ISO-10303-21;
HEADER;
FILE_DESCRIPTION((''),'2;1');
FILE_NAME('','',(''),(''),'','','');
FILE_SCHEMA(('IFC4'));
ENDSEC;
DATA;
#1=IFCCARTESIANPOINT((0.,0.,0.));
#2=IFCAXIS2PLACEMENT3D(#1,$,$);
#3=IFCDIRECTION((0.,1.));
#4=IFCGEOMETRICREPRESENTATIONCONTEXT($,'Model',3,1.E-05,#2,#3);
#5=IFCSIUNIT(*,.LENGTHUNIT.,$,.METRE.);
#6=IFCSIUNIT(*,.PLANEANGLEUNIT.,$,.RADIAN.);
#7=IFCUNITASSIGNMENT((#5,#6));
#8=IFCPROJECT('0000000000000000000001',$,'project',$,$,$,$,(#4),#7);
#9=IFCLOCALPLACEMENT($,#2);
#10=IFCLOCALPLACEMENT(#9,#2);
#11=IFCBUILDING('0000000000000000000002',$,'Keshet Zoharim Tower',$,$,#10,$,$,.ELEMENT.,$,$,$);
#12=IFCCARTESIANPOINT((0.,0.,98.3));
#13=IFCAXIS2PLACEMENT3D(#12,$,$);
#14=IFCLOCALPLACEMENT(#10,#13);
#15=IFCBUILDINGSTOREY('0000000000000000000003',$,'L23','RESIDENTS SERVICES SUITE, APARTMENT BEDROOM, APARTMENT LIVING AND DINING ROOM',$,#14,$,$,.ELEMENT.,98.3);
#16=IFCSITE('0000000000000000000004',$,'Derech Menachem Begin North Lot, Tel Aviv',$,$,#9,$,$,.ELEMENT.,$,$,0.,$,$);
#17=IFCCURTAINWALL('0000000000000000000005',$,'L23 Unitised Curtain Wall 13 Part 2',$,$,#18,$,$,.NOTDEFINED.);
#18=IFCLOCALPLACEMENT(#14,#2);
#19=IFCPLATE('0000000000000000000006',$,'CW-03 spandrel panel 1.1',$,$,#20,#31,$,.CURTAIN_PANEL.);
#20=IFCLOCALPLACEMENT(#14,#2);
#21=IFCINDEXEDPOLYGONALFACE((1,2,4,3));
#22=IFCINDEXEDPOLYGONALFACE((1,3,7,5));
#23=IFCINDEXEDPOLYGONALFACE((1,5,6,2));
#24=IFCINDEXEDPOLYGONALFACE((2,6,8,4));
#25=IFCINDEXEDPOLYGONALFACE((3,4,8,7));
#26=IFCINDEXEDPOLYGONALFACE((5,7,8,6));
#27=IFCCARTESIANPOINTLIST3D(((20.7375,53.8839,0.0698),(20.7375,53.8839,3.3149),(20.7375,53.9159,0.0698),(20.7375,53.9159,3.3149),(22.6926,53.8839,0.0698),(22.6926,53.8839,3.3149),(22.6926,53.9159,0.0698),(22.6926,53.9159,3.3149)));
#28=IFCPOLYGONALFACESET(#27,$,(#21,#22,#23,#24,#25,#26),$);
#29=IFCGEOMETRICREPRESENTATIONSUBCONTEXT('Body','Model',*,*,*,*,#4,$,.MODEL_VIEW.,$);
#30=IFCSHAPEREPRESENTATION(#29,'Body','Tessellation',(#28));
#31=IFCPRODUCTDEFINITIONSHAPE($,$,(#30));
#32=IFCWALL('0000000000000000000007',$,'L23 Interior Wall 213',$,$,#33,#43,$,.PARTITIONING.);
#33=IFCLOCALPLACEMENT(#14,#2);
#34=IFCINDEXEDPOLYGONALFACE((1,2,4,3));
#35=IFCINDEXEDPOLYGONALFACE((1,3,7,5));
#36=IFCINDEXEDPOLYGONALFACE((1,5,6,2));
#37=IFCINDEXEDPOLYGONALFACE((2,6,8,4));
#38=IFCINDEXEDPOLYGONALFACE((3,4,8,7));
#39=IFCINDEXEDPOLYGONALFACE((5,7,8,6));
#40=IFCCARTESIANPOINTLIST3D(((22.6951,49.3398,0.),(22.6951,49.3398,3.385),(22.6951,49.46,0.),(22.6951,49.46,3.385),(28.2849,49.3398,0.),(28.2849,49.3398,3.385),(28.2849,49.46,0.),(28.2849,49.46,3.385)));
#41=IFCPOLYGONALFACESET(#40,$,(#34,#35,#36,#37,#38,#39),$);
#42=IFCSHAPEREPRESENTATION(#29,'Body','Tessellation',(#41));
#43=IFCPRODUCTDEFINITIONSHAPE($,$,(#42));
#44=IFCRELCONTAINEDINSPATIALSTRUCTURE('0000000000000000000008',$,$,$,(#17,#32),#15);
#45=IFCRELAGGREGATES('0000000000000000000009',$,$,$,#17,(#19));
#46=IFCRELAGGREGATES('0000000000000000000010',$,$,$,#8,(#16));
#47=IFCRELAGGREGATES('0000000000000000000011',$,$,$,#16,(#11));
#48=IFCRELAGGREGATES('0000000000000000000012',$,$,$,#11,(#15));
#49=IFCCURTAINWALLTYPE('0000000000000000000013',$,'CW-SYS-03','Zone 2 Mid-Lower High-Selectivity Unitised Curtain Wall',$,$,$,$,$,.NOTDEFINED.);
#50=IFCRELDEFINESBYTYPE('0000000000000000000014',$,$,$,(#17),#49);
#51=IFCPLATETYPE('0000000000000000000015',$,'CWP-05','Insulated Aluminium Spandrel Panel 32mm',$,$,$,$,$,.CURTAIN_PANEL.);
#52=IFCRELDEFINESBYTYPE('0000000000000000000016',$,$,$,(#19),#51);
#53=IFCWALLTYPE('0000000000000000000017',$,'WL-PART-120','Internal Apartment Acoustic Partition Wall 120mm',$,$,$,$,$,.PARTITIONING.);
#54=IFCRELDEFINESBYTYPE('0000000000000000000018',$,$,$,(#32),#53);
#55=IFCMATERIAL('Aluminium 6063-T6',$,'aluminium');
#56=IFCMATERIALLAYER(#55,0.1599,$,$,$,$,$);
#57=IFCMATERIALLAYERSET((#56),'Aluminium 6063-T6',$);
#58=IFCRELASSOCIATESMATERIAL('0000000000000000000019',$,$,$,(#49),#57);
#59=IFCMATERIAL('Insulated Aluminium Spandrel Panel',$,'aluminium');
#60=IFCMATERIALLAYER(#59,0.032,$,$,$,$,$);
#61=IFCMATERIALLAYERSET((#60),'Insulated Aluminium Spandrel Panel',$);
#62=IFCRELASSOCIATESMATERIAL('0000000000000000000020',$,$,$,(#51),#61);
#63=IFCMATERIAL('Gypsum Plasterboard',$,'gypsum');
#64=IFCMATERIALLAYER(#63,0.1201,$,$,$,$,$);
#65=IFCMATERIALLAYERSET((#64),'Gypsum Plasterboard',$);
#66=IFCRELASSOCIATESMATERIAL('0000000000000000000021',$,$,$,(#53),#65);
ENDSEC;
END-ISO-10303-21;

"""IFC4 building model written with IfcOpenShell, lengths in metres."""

from ifc_helpers import new_model, si_unit, direction, frame, frame_2d, origin, origin_2d, place, context, subcontext, project, spatial, rectangle, extrude, material, layer, layer_set, type_object, element, aggregate, save


model = new_model("IFC4")

# Units and contexts
model_context = context("Model", 3, precision=1e-05, world=origin(), true_north=direction((0.0, 1.0)))
body_context = subcontext(model_context, "Body", "Model", "MODEL_VIEW")
ifc_project = project(units=[si_unit("LENGTHUNIT", "METRE"), si_unit("PLANEANGLEUNIT", "RADIAN")], contexts=[model_context])

# Site, building, storey
site_placement = place(None, origin())
site = spatial("IfcSite", under=ifc_project, at=site_placement, Name="Derech Menachem Begin North Lot, Tel Aviv", CompositionType="ELEMENT", RefElevation=0.0)
building_placement = place(site_placement, origin())
building = spatial("IfcBuilding", under=site, at=building_placement, Name="Keshet Zoharim Tower", CompositionType="ELEMENT")
storey_placement = place(building_placement, frame((0.0, 0.0, 98.3)))
storey = spatial("IfcBuildingStorey", under=building, at=storey_placement, Name="L23", Description="RESIDENTS SERVICES SUITE, APARTMENT BEDROOM, APARTMENT LIVING AND DINING ROOM", CompositionType="ELEMENT", Elevation=98.3)

# Shared definitions
ifc_material_1 = material(Name="Aluminium 6063-T6", Category="aluminium")
ifc_layer_1 = layer(ifc_material_1, 0.1599)
ifc_layer_set_1 = layer_set([ifc_layer_1], Name="Aluminium 6063-T6")
curtain_wall_type = type_object("IfcCurtainWallType", Name="CW-SYS-03", Description="Zone 2 Mid-Lower High-Selectivity Unitised Curtain Wall", PredefinedType="NOTDEFINED", material=ifc_layer_set_1)

# Curtain wall
curtain_wall_1_placement = place(storey_placement, origin())
curtain_wall_1 = element("IfcCurtainWall", 1, at=curtain_wall_1_placement, inside=storey, type_object=curtain_wall_type, Name="L23 Unitised Curtain Wall 13 Part 2", PredefinedType="NOTDEFINED")

# Plate
ifc_material_2 = material(Name="Insulated Aluminium Spandrel Panel", Category="aluminium")
ifc_layer_2 = layer(ifc_material_2, 0.032)
ifc_layer_set_2 = layer_set([ifc_layer_2], Name="Insulated Aluminium Spandrel Panel")
plate_type_1 = type_object("IfcPlateType", Name="CWP-05", Description="Insulated Aluminium Spandrel Panel 32mm", PredefinedType="CURTAIN_PANEL", material=ifc_layer_set_2)
plate_1_placement = place(storey_placement, frame((21.7151, 53.8999, 0.0698), z_axis=(0.0, 0.0, 1.0), x_axis=(1.0, 0.0, 0.0)))
plate_1 = element("IfcPlate", 2, at=plate_1_placement, type_object=plate_type_1, Name="CW-03 spandrel panel 1.1", PredefinedType="CURTAIN_PANEL", context=body_context, shape_type="SweptSolid", body=[
    extrude(rectangle(XDim=1.9551, YDim=0.032, at=origin_2d()), origin(), (0.0, 0.0, 1.0), 3.2451),
])
aggregate(curtain_wall_1, [plate_1])

# Wall
ifc_material_3 = material(Name="Gypsum Plasterboard", Category="gypsum")
ifc_layer_3 = layer(ifc_material_3, 0.1201)
ifc_layer_set_3 = layer_set([ifc_layer_3], Name="Gypsum Plasterboard")
wall_type = type_object("IfcWallType", Name="WL-PART-120", Description="Internal Apartment Acoustic Partition Wall 120mm", PredefinedType="PARTITIONING", material=ifc_layer_set_3)
wall_placement = place(storey_placement, frame((22.6951, 49.3999, 0.0), z_axis=(0.0, 0.0, 1.0), x_axis=(1.0, 0.0, 0.0)))
element("IfcWall", 3, at=wall_placement, inside=storey, type_object=wall_type, Name="L23 Interior Wall 213", PredefinedType="PARTITIONING", context=body_context, shape_type="SweptSolid", body=[
    extrude(rectangle(XDim=5.5898, YDim=0.1201, at=frame_2d((2.7949, 0.0))), origin(), (0.0, 0.0, 1.0), 3.385),
])

save(model, "model.ifc")
